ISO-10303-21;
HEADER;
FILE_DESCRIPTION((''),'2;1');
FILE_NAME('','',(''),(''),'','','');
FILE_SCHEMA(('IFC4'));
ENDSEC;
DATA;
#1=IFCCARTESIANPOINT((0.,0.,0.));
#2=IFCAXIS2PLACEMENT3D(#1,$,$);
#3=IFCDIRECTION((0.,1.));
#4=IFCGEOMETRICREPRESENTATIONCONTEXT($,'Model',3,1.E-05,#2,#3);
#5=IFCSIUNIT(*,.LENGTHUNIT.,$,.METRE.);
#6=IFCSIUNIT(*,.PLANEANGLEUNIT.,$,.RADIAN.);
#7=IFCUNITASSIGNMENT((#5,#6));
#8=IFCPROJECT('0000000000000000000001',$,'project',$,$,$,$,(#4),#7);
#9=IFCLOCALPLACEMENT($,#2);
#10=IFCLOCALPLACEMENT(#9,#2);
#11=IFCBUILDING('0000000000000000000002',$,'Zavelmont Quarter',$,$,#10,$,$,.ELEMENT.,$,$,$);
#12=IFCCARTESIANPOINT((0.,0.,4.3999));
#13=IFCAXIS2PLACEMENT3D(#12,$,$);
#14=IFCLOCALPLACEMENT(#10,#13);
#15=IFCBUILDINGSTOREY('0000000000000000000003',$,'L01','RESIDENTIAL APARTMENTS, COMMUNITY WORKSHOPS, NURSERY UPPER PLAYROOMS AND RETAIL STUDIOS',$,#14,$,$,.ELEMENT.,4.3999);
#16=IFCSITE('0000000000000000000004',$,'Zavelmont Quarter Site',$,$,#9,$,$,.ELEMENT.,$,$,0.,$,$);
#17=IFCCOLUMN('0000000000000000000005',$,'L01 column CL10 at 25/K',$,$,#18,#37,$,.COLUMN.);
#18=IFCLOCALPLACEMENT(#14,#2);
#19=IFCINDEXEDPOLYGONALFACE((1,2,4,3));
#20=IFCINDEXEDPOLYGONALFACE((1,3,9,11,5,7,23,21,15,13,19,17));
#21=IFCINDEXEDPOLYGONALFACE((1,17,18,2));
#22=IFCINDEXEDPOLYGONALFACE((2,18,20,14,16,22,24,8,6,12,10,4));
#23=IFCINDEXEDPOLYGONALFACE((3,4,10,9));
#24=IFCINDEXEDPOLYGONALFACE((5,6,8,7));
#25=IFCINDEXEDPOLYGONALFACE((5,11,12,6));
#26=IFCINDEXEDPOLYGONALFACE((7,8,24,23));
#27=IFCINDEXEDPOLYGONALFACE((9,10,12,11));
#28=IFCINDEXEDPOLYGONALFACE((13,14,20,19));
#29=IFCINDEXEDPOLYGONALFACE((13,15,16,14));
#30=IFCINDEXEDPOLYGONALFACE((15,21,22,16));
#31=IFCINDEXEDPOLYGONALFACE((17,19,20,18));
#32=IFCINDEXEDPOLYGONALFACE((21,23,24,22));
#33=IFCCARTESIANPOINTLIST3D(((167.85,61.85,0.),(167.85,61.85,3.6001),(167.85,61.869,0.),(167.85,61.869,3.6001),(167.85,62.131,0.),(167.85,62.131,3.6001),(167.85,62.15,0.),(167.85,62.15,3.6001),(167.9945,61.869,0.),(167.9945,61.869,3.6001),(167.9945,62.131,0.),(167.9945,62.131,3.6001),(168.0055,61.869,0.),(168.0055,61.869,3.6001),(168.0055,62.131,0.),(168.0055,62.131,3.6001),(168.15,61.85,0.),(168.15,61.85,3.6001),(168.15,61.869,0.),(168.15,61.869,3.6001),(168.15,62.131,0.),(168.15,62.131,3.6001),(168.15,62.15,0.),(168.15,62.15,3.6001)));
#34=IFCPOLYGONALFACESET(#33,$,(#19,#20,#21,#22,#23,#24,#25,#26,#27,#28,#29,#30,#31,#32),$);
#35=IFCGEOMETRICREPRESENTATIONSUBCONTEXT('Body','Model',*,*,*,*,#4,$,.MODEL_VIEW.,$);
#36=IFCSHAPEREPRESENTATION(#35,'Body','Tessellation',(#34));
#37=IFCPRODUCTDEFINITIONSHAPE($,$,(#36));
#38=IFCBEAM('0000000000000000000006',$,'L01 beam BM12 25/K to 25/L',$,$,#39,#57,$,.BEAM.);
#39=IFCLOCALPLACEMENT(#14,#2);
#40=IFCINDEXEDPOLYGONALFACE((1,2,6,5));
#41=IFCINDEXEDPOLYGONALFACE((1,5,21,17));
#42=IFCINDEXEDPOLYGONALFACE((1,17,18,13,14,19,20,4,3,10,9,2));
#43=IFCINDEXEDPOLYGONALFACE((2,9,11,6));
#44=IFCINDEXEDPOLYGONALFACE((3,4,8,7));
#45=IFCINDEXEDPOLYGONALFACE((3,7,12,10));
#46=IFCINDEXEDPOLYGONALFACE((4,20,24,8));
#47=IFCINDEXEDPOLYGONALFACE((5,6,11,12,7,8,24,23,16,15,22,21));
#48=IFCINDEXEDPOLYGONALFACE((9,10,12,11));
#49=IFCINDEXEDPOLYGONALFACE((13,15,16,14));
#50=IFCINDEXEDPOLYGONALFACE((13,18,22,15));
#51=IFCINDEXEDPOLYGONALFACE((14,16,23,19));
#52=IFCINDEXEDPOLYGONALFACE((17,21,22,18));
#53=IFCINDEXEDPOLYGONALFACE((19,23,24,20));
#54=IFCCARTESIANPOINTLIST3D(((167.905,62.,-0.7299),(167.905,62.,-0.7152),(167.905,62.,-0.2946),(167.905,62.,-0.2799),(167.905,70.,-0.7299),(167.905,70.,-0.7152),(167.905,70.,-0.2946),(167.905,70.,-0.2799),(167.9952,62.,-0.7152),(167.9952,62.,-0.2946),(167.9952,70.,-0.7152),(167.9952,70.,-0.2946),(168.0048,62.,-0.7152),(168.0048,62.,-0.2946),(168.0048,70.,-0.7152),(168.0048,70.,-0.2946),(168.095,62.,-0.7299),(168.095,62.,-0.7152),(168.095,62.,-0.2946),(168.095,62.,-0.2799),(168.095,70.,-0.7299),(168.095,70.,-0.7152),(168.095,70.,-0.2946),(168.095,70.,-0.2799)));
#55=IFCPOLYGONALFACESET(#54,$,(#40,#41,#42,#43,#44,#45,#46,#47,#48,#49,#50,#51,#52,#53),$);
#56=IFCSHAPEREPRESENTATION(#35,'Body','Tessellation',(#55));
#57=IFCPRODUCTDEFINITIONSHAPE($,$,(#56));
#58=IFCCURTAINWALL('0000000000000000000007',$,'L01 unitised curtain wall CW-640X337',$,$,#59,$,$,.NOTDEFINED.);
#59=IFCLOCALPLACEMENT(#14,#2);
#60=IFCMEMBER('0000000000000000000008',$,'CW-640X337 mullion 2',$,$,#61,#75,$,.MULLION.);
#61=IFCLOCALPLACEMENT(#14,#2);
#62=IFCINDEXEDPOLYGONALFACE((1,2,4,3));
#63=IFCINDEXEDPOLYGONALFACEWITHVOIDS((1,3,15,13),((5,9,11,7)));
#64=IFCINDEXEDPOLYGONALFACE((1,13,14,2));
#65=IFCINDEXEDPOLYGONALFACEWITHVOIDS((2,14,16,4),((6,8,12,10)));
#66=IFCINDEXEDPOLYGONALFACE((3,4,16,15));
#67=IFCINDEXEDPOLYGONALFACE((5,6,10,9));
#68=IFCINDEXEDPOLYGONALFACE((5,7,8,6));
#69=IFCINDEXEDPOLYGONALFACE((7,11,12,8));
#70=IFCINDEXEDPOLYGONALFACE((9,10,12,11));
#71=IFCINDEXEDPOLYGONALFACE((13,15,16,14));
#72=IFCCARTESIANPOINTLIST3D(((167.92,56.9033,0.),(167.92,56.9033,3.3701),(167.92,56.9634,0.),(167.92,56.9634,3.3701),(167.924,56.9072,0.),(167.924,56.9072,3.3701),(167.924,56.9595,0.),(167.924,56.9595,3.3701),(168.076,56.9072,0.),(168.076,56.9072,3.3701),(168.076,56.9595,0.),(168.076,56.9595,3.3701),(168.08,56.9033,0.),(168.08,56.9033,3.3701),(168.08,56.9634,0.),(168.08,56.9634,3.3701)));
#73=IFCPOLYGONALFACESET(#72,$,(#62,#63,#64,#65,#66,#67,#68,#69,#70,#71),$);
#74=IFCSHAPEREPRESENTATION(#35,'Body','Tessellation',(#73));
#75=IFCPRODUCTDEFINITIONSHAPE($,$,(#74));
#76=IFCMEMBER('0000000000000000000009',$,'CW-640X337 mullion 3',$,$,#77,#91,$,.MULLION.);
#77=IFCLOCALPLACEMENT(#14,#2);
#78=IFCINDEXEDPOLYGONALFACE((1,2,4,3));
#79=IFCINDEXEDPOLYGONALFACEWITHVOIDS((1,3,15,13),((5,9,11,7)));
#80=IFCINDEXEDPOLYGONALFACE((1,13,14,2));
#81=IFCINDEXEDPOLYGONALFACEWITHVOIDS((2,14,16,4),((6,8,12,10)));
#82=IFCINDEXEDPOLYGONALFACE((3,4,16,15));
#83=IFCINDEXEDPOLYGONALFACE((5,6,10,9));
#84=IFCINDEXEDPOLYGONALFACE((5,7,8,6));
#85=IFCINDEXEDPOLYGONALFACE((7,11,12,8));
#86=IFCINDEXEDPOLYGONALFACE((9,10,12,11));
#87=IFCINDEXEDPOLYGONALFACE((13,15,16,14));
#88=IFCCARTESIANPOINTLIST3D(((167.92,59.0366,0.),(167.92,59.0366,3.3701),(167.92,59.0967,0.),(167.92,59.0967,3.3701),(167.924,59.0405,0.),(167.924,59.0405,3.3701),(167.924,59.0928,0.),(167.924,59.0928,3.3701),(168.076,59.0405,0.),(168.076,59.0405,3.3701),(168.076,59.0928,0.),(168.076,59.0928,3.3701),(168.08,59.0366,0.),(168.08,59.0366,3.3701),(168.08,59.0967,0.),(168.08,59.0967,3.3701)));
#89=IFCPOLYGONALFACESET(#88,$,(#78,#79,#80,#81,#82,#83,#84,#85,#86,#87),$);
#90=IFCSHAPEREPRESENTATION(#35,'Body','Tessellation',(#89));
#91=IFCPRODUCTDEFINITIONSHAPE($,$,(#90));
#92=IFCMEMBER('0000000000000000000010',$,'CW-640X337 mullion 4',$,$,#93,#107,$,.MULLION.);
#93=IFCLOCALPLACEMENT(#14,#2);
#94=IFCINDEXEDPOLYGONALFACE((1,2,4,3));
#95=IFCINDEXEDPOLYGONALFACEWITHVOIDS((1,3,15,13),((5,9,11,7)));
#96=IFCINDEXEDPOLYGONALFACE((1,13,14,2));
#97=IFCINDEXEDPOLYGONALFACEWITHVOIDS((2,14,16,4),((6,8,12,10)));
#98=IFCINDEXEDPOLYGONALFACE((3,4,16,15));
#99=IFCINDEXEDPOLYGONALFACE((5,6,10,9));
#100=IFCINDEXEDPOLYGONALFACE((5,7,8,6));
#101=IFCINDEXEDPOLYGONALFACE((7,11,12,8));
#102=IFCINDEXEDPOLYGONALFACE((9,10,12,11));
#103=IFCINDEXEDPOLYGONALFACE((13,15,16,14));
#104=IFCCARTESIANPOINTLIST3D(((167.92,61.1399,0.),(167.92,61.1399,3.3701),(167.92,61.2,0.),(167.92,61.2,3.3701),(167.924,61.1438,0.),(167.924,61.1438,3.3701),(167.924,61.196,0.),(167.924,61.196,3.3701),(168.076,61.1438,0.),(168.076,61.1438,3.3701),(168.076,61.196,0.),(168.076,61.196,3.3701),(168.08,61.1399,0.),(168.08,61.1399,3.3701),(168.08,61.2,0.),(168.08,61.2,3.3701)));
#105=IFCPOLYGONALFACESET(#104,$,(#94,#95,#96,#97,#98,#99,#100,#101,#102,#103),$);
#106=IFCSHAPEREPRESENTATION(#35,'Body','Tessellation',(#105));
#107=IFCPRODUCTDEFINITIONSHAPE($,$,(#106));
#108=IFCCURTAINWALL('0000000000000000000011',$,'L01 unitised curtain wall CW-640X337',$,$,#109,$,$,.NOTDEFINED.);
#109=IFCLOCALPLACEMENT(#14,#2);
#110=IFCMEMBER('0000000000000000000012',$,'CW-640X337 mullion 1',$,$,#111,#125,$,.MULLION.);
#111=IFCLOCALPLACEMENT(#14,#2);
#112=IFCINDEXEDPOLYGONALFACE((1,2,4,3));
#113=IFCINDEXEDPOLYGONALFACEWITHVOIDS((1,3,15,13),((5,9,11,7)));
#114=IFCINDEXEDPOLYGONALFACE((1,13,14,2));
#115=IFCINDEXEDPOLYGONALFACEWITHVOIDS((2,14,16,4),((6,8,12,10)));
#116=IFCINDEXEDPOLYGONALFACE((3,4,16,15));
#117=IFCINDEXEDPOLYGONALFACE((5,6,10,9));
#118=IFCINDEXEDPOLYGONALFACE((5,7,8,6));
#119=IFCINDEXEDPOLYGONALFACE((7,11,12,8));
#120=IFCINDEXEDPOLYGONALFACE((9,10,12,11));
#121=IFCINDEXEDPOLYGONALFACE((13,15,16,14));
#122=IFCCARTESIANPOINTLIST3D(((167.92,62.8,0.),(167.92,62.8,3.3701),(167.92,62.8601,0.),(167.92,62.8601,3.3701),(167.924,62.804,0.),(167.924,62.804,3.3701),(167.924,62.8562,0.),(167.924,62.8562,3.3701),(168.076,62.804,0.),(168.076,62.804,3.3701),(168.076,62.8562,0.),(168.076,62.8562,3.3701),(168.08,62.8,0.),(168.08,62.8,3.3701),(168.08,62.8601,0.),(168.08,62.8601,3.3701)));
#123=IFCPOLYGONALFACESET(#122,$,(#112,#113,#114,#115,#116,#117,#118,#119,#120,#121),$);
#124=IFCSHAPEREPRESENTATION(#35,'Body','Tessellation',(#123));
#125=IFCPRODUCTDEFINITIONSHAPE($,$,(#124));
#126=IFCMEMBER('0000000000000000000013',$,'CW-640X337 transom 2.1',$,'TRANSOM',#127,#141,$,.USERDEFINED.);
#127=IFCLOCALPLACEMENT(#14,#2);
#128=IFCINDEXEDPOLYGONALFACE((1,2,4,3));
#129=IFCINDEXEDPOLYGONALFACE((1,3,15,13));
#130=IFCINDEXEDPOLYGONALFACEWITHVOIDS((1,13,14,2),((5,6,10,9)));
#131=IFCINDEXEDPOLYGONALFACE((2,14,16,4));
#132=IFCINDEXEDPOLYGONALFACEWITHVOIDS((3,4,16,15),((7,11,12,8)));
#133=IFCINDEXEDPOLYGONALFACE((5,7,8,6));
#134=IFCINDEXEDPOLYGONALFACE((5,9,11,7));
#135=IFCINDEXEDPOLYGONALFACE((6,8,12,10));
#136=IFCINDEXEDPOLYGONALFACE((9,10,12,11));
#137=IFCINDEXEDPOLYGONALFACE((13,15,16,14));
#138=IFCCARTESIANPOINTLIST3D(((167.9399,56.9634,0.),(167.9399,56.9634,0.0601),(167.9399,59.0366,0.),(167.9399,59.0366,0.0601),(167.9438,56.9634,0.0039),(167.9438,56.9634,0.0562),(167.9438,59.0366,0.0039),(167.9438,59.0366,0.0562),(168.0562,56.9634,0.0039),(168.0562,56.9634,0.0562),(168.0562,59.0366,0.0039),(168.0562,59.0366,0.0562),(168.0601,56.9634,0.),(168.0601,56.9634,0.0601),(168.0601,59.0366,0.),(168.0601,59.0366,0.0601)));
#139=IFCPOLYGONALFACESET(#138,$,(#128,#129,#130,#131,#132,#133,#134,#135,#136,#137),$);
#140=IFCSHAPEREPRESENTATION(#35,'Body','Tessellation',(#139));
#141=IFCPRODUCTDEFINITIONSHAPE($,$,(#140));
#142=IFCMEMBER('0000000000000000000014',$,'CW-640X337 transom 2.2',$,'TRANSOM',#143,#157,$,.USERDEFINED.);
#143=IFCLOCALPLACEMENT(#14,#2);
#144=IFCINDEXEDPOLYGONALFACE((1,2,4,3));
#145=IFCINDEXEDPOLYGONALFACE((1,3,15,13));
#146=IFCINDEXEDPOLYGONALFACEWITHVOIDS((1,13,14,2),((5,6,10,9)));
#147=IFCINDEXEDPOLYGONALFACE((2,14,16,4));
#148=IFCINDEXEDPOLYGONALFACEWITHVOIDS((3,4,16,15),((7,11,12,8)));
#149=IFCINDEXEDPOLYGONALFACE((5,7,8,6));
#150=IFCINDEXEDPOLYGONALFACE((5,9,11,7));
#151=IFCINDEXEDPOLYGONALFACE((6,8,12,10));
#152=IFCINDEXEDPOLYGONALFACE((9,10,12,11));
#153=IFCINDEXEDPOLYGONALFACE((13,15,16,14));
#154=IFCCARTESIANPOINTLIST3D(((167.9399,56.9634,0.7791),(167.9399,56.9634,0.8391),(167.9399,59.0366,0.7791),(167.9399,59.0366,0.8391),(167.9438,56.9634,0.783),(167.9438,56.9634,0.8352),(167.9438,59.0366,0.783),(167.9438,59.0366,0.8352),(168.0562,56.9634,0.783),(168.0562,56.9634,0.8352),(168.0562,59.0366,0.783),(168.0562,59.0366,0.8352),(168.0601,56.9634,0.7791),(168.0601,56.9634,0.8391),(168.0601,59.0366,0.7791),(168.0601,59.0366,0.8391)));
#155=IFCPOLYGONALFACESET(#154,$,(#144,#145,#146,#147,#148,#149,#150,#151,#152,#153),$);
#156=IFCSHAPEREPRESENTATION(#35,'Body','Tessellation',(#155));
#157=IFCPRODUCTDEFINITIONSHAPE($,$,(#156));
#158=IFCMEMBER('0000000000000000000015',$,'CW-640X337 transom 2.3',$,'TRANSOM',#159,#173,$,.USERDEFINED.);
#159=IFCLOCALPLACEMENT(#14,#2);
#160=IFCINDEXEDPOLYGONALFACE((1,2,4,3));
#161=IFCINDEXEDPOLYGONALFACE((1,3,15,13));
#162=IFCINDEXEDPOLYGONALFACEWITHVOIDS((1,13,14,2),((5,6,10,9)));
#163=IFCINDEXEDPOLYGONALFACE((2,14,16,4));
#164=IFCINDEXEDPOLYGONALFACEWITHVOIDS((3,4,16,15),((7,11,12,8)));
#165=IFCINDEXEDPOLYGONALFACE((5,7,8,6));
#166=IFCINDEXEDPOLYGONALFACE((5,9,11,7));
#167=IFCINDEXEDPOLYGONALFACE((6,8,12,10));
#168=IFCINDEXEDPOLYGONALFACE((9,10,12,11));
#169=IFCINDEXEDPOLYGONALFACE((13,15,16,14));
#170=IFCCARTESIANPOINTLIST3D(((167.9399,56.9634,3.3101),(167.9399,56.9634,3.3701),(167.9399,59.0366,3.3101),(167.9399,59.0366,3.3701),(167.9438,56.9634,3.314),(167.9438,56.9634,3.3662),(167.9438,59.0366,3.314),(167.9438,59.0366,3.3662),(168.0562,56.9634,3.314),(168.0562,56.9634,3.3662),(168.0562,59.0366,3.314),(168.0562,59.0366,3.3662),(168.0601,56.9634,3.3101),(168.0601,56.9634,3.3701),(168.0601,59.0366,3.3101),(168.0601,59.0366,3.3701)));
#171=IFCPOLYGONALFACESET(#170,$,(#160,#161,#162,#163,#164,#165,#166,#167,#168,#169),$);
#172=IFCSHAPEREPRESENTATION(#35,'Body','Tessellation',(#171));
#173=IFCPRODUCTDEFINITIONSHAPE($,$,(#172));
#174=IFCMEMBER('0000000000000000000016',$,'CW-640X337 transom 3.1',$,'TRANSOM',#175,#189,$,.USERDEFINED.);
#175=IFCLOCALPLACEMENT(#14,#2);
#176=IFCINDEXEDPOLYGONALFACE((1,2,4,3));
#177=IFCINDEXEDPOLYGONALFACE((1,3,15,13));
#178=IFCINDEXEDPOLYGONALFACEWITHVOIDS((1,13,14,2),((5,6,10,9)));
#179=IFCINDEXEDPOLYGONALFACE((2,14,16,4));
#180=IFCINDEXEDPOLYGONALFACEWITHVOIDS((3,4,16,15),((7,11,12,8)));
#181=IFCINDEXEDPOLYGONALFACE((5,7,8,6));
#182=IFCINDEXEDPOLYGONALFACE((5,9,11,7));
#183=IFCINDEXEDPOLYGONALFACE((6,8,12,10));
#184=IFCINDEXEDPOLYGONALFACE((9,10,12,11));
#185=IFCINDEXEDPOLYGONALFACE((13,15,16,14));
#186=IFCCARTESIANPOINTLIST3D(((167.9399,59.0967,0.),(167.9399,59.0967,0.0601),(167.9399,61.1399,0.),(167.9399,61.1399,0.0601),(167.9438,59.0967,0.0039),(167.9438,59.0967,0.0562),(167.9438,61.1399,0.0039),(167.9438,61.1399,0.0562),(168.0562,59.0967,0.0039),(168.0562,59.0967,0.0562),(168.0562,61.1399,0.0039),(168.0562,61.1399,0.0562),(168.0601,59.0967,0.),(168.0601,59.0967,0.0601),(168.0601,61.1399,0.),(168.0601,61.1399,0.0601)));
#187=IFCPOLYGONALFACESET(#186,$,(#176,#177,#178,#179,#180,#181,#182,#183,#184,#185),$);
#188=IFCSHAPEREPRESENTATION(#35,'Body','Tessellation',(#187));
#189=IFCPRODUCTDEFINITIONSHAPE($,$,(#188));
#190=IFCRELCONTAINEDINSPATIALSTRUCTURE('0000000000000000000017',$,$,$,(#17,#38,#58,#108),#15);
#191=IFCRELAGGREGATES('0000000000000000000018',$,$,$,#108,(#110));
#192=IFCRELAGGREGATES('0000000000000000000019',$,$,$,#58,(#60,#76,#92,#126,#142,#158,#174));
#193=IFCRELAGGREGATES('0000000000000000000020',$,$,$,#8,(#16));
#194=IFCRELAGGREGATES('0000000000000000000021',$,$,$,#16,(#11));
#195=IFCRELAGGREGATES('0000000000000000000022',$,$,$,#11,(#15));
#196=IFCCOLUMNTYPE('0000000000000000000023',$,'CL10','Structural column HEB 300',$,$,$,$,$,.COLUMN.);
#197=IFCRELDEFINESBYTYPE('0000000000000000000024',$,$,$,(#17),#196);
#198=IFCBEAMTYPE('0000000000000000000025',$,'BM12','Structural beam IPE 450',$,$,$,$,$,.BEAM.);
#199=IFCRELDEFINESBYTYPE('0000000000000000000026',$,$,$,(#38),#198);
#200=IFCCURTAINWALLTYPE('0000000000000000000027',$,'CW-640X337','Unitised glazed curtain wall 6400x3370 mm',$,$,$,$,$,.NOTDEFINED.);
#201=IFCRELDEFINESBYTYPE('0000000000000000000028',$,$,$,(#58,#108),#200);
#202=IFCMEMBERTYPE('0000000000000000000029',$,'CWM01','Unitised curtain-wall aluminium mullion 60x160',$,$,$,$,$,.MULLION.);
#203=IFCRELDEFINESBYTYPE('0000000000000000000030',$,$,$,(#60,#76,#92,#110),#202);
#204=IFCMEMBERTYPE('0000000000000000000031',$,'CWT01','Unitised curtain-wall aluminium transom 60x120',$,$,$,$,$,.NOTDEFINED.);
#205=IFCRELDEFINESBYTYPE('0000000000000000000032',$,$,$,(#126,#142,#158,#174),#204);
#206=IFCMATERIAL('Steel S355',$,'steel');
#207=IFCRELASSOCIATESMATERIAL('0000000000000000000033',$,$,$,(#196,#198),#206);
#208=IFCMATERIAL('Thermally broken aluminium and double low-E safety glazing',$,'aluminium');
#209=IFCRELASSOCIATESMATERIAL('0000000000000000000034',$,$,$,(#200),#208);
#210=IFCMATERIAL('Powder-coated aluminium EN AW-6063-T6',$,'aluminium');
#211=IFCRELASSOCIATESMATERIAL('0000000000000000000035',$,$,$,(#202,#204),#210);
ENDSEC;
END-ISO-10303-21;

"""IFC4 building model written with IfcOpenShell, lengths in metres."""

from ifc_helpers import new_model, si_unit, direction, frame, origin, origin_2d, place, context, subcontext, project, spatial, hollow_rectangle, i_section, extrude, material, material_profile, profile_set, type_object, element, aggregate, save


model = new_model("IFC4")

# Units and contexts
model_context = context("Model", 3, precision=1e-05, world=origin(), true_north=direction((0.0, 1.0)))
body_context = subcontext(model_context, "Body", "Model", "MODEL_VIEW")
ifc_project = project(units=[si_unit("LENGTHUNIT", "METRE"), si_unit("PLANEANGLEUNIT", "RADIAN")], contexts=[model_context])

# Site, building, storey
site_placement = place(None, origin())
site = spatial("IfcSite", under=ifc_project, at=site_placement, Name="Zavelmont Quarter Site", CompositionType="ELEMENT", RefElevation=0.0)
building_placement = place(site_placement, origin())
building = spatial("IfcBuilding", under=site, at=building_placement, Name="Zavelmont Quarter", CompositionType="ELEMENT")
storey_placement = place(building_placement, frame((0.0, 0.0, 4.3999)))
storey = spatial("IfcBuildingStorey", under=building, at=storey_placement, Name="L01", Description="RESIDENTIAL APARTMENTS, COMMUNITY WORKSHOPS, NURSERY UPPER PLAYROOMS AND RETAIL STUDIOS", CompositionType="ELEMENT", Elevation=4.3999)

# Column
ifc_material_1 = material(Name="Steel S355", Category="steel")
ifc_material_profile_1 = material_profile(ifc_material_1, i_section(OverallWidth=0.3, OverallDepth=0.3, WebThickness=0.011, FlangeThickness=0.019, at=origin_2d()), Name="HEB 300")
ifc_profile_set_1 = profile_set([ifc_material_profile_1], Name="Steel S355")
column_type = type_object("IfcColumnType", Name="CL10", Description="Structural column HEB 300", PredefinedType="COLUMN", material=ifc_profile_set_1)
column_placement = place(storey_placement, frame((168.0, 62.0, 0.0), z_axis=(0.0, 0.0, 1.0), x_axis=(1.0, 0.0, 0.0)))
element("IfcColumn", 1, at=column_placement, inside=storey, type_object=column_type, Name="L01 column CL10 at 25/K", PredefinedType="COLUMN", context=body_context, shape_type="SweptSolid", body=[
    extrude(i_section(OverallWidth=0.3, OverallDepth=0.3, WebThickness=0.011, FlangeThickness=0.019, at=origin_2d()), origin(), (0.0, 0.0, 1.0), 3.6001),
])

# Beam
ifc_material_profile_2 = material_profile(ifc_material_1, i_section(OverallWidth=0.1899, OverallDepth=0.45, WebThickness=0.0095, FlangeThickness=0.0146, at=origin_2d()), Name="IPE 450")
ifc_profile_set_2 = profile_set([ifc_material_profile_2], Name="Steel S355")
beam_type = type_object("IfcBeamType", Name="BM12", Description="Structural beam IPE 450", PredefinedType="BEAM", material=ifc_profile_set_2)
beam_placement = place(storey_placement, frame((168.0, 62.0, -0.5049), z_axis=(0.0, 1.0, 0.0), x_axis=(-1.0, 0.0, 0.0)))
element("IfcBeam", 2, at=beam_placement, inside=storey, type_object=beam_type, Name="L01 beam BM12 25/K to 25/L", PredefinedType="BEAM", context=body_context, shape_type="SweptSolid", body=[
    extrude(i_section(OverallWidth=0.1899, OverallDepth=0.45, WebThickness=0.0095, FlangeThickness=0.0146, at=origin_2d()), origin(), (0.0, 0.0, 1.0), 8.0),
])

# Curtain wall, members
ifc_material_2 = material(Name="Thermally broken aluminium and double low-E safety glazing", Category="aluminium")
curtain_wall_type = type_object("IfcCurtainWallType", Name="CW-640X337", Description="Unitised glazed curtain wall 6400x3370 mm", PredefinedType="NOTDEFINED", material=ifc_material_2)
curtain_wall_1_placement = place(storey_placement, origin())
curtain_wall_1 = element("IfcCurtainWall", 3, at=curtain_wall_1_placement, inside=storey, type_object=curtain_wall_type, Name="L01 unitised curtain wall CW-640X337", PredefinedType="NOTDEFINED")
ifc_material_3 = material(Name="Powder-coated aluminium EN AW-6063-T6", Category="aluminium")
ifc_material_profile_3 = material_profile(ifc_material_3, hollow_rectangle(XDim=0.0601, YDim=0.1599, WallThickness=0.0039, at=origin_2d()), Name="CWM60X160")
ifc_profile_set_3 = profile_set([ifc_material_profile_3], Name="Powder-coated aluminium EN AW-6063-T6")
member_type_1 = type_object("IfcMemberType", Name="CWM01", Description="Unitised curtain-wall aluminium mullion 60x160", PredefinedType="MULLION", material=ifc_profile_set_3)
member_1_placement = place(storey_placement, frame((168.0, 56.9333, 0.0), z_axis=(0.0, 0.0, 1.0), x_axis=(0.0, 1.0, 0.0)))
member_1 = element("IfcMember", 4, at=member_1_placement, type_object=member_type_1, Name="CW-640X337 mullion 2", PredefinedType="MULLION", context=body_context, shape_type="SweptSolid", body=[
    extrude(hollow_rectangle(XDim=0.0601, YDim=0.1599, WallThickness=0.0039, at=origin_2d()), origin(), (0.0, 0.0, 1.0), 3.3701),
])
member_2_placement = place(storey_placement, frame((168.0, 59.0667, 0.0), z_axis=(0.0, 0.0, 1.0), x_axis=(0.0, 1.0, 0.0)))
member_2 = element("IfcMember", 5, at=member_2_placement, type_object=member_type_1, Name="CW-640X337 mullion 3", PredefinedType="MULLION", context=body_context, shape_type="SweptSolid", body=[
    extrude(hollow_rectangle(XDim=0.0601, YDim=0.1599, WallThickness=0.0039, at=origin_2d()), origin(), (0.0, 0.0, 1.0), 3.3701),
])
member_3_placement = place(storey_placement, frame((168.0, 61.1699, 0.0), z_axis=(0.0, 0.0, 1.0), x_axis=(0.0, 1.0, 0.0)))
member_3 = element("IfcMember", 6, at=member_3_placement, type_object=member_type_1, Name="CW-640X337 mullion 4", PredefinedType="MULLION", context=body_context, shape_type="SweptSolid", body=[
    extrude(hollow_rectangle(XDim=0.0601, YDim=0.1599, WallThickness=0.0039, at=origin_2d()), origin(), (0.0, 0.0, 1.0), 3.3701),
])

# Curtain wall, member
curtain_wall_2_placement = place(storey_placement, origin())
curtain_wall_2 = element("IfcCurtainWall", 7, at=curtain_wall_2_placement, inside=storey, type_object=curtain_wall_type, Name="L01 unitised curtain wall CW-640X337", PredefinedType="NOTDEFINED")
member_4_placement = place(storey_placement, frame((168.0, 62.8301, 0.0), z_axis=(0.0, 0.0, 1.0), x_axis=(0.0, 1.0, 0.0)))
member_4 = element("IfcMember", 8, at=member_4_placement, type_object=member_type_1, Name="CW-640X337 mullion 1", PredefinedType="MULLION", context=body_context, shape_type="SweptSolid", body=[
    extrude(hollow_rectangle(XDim=0.0601, YDim=0.1599, WallThickness=0.0039, at=origin_2d()), origin(), (0.0, 0.0, 1.0), 3.3701),
])

# Members
ifc_material_profile_4 = material_profile(ifc_material_3, hollow_rectangle(XDim=0.1201, YDim=0.0601, WallThickness=0.0039, at=origin_2d()), Name="CWT60X120")
ifc_profile_set_4 = profile_set([ifc_material_profile_4], Name="Powder-coated aluminium EN AW-6063-T6")
member_type_2 = type_object("IfcMemberType", Name="CWT01", Description="Unitised curtain-wall aluminium transom 60x120", PredefinedType="NOTDEFINED", material=ifc_profile_set_4)
member_5_placement = place(storey_placement, frame((168.0, 56.9634, 0.03), z_axis=(0.0, 1.0, 0.0), x_axis=(-1.0, 0.0, 0.0)))
member_5 = element("IfcMember", 9, at=member_5_placement, type_object=member_type_2, Name="CW-640X337 transom 2.1", ObjectType="TRANSOM", PredefinedType="USERDEFINED", context=body_context, shape_type="SweptSolid", body=[
    extrude(hollow_rectangle(XDim=0.1201, YDim=0.0601, WallThickness=0.0039, at=origin_2d()), origin(), (0.0, 0.0, 1.0), 2.0732),
])
member_6_placement = place(storey_placement, frame((168.0, 56.9634, 0.8091), z_axis=(0.0, 1.0, 0.0), x_axis=(-1.0, 0.0, 0.0)))
member_6 = element("IfcMember", 10, at=member_6_placement, type_object=member_type_2, Name="CW-640X337 transom 2.2", ObjectType="TRANSOM", PredefinedType="USERDEFINED", context=body_context, shape_type="SweptSolid", body=[
    extrude(hollow_rectangle(XDim=0.1201, YDim=0.0601, WallThickness=0.0039, at=origin_2d()), origin(), (0.0, 0.0, 1.0), 2.0732),
])
member_7_placement = place(storey_placement, frame((168.0, 56.9634, 3.3401), z_axis=(0.0, 1.0, 0.0), x_axis=(-1.0, 0.0, 0.0)))
member_7 = element("IfcMember", 11, at=member_7_placement, type_object=member_type_2, Name="CW-640X337 transom 2.3", ObjectType="TRANSOM", PredefinedType="USERDEFINED", context=body_context, shape_type="SweptSolid", body=[
    extrude(hollow_rectangle(XDim=0.1201, YDim=0.0601, WallThickness=0.0039, at=origin_2d()), origin(), (0.0, 0.0, 1.0), 2.0732),
])
member_8_placement = place(storey_placement, frame((168.0, 59.0967, 0.03), z_axis=(0.0, 1.0, 0.0), x_axis=(-1.0, 0.0, 0.0)))
member_8 = element("IfcMember", 12, at=member_8_placement, type_object=member_type_2, Name="CW-640X337 transom 3.1", ObjectType="TRANSOM", PredefinedType="USERDEFINED", context=body_context, shape_type="SweptSolid", body=[
    extrude(hollow_rectangle(XDim=0.1201, YDim=0.0601, WallThickness=0.0039, at=origin_2d()), origin(), (0.0, 0.0, 1.0), 2.0432),
])
aggregate(curtain_wall_2, [member_4])

aggregate(curtain_wall_1, [member_1, member_2, member_3, member_5, member_6, member_7, member_8])

save(model, "model.ifc")
